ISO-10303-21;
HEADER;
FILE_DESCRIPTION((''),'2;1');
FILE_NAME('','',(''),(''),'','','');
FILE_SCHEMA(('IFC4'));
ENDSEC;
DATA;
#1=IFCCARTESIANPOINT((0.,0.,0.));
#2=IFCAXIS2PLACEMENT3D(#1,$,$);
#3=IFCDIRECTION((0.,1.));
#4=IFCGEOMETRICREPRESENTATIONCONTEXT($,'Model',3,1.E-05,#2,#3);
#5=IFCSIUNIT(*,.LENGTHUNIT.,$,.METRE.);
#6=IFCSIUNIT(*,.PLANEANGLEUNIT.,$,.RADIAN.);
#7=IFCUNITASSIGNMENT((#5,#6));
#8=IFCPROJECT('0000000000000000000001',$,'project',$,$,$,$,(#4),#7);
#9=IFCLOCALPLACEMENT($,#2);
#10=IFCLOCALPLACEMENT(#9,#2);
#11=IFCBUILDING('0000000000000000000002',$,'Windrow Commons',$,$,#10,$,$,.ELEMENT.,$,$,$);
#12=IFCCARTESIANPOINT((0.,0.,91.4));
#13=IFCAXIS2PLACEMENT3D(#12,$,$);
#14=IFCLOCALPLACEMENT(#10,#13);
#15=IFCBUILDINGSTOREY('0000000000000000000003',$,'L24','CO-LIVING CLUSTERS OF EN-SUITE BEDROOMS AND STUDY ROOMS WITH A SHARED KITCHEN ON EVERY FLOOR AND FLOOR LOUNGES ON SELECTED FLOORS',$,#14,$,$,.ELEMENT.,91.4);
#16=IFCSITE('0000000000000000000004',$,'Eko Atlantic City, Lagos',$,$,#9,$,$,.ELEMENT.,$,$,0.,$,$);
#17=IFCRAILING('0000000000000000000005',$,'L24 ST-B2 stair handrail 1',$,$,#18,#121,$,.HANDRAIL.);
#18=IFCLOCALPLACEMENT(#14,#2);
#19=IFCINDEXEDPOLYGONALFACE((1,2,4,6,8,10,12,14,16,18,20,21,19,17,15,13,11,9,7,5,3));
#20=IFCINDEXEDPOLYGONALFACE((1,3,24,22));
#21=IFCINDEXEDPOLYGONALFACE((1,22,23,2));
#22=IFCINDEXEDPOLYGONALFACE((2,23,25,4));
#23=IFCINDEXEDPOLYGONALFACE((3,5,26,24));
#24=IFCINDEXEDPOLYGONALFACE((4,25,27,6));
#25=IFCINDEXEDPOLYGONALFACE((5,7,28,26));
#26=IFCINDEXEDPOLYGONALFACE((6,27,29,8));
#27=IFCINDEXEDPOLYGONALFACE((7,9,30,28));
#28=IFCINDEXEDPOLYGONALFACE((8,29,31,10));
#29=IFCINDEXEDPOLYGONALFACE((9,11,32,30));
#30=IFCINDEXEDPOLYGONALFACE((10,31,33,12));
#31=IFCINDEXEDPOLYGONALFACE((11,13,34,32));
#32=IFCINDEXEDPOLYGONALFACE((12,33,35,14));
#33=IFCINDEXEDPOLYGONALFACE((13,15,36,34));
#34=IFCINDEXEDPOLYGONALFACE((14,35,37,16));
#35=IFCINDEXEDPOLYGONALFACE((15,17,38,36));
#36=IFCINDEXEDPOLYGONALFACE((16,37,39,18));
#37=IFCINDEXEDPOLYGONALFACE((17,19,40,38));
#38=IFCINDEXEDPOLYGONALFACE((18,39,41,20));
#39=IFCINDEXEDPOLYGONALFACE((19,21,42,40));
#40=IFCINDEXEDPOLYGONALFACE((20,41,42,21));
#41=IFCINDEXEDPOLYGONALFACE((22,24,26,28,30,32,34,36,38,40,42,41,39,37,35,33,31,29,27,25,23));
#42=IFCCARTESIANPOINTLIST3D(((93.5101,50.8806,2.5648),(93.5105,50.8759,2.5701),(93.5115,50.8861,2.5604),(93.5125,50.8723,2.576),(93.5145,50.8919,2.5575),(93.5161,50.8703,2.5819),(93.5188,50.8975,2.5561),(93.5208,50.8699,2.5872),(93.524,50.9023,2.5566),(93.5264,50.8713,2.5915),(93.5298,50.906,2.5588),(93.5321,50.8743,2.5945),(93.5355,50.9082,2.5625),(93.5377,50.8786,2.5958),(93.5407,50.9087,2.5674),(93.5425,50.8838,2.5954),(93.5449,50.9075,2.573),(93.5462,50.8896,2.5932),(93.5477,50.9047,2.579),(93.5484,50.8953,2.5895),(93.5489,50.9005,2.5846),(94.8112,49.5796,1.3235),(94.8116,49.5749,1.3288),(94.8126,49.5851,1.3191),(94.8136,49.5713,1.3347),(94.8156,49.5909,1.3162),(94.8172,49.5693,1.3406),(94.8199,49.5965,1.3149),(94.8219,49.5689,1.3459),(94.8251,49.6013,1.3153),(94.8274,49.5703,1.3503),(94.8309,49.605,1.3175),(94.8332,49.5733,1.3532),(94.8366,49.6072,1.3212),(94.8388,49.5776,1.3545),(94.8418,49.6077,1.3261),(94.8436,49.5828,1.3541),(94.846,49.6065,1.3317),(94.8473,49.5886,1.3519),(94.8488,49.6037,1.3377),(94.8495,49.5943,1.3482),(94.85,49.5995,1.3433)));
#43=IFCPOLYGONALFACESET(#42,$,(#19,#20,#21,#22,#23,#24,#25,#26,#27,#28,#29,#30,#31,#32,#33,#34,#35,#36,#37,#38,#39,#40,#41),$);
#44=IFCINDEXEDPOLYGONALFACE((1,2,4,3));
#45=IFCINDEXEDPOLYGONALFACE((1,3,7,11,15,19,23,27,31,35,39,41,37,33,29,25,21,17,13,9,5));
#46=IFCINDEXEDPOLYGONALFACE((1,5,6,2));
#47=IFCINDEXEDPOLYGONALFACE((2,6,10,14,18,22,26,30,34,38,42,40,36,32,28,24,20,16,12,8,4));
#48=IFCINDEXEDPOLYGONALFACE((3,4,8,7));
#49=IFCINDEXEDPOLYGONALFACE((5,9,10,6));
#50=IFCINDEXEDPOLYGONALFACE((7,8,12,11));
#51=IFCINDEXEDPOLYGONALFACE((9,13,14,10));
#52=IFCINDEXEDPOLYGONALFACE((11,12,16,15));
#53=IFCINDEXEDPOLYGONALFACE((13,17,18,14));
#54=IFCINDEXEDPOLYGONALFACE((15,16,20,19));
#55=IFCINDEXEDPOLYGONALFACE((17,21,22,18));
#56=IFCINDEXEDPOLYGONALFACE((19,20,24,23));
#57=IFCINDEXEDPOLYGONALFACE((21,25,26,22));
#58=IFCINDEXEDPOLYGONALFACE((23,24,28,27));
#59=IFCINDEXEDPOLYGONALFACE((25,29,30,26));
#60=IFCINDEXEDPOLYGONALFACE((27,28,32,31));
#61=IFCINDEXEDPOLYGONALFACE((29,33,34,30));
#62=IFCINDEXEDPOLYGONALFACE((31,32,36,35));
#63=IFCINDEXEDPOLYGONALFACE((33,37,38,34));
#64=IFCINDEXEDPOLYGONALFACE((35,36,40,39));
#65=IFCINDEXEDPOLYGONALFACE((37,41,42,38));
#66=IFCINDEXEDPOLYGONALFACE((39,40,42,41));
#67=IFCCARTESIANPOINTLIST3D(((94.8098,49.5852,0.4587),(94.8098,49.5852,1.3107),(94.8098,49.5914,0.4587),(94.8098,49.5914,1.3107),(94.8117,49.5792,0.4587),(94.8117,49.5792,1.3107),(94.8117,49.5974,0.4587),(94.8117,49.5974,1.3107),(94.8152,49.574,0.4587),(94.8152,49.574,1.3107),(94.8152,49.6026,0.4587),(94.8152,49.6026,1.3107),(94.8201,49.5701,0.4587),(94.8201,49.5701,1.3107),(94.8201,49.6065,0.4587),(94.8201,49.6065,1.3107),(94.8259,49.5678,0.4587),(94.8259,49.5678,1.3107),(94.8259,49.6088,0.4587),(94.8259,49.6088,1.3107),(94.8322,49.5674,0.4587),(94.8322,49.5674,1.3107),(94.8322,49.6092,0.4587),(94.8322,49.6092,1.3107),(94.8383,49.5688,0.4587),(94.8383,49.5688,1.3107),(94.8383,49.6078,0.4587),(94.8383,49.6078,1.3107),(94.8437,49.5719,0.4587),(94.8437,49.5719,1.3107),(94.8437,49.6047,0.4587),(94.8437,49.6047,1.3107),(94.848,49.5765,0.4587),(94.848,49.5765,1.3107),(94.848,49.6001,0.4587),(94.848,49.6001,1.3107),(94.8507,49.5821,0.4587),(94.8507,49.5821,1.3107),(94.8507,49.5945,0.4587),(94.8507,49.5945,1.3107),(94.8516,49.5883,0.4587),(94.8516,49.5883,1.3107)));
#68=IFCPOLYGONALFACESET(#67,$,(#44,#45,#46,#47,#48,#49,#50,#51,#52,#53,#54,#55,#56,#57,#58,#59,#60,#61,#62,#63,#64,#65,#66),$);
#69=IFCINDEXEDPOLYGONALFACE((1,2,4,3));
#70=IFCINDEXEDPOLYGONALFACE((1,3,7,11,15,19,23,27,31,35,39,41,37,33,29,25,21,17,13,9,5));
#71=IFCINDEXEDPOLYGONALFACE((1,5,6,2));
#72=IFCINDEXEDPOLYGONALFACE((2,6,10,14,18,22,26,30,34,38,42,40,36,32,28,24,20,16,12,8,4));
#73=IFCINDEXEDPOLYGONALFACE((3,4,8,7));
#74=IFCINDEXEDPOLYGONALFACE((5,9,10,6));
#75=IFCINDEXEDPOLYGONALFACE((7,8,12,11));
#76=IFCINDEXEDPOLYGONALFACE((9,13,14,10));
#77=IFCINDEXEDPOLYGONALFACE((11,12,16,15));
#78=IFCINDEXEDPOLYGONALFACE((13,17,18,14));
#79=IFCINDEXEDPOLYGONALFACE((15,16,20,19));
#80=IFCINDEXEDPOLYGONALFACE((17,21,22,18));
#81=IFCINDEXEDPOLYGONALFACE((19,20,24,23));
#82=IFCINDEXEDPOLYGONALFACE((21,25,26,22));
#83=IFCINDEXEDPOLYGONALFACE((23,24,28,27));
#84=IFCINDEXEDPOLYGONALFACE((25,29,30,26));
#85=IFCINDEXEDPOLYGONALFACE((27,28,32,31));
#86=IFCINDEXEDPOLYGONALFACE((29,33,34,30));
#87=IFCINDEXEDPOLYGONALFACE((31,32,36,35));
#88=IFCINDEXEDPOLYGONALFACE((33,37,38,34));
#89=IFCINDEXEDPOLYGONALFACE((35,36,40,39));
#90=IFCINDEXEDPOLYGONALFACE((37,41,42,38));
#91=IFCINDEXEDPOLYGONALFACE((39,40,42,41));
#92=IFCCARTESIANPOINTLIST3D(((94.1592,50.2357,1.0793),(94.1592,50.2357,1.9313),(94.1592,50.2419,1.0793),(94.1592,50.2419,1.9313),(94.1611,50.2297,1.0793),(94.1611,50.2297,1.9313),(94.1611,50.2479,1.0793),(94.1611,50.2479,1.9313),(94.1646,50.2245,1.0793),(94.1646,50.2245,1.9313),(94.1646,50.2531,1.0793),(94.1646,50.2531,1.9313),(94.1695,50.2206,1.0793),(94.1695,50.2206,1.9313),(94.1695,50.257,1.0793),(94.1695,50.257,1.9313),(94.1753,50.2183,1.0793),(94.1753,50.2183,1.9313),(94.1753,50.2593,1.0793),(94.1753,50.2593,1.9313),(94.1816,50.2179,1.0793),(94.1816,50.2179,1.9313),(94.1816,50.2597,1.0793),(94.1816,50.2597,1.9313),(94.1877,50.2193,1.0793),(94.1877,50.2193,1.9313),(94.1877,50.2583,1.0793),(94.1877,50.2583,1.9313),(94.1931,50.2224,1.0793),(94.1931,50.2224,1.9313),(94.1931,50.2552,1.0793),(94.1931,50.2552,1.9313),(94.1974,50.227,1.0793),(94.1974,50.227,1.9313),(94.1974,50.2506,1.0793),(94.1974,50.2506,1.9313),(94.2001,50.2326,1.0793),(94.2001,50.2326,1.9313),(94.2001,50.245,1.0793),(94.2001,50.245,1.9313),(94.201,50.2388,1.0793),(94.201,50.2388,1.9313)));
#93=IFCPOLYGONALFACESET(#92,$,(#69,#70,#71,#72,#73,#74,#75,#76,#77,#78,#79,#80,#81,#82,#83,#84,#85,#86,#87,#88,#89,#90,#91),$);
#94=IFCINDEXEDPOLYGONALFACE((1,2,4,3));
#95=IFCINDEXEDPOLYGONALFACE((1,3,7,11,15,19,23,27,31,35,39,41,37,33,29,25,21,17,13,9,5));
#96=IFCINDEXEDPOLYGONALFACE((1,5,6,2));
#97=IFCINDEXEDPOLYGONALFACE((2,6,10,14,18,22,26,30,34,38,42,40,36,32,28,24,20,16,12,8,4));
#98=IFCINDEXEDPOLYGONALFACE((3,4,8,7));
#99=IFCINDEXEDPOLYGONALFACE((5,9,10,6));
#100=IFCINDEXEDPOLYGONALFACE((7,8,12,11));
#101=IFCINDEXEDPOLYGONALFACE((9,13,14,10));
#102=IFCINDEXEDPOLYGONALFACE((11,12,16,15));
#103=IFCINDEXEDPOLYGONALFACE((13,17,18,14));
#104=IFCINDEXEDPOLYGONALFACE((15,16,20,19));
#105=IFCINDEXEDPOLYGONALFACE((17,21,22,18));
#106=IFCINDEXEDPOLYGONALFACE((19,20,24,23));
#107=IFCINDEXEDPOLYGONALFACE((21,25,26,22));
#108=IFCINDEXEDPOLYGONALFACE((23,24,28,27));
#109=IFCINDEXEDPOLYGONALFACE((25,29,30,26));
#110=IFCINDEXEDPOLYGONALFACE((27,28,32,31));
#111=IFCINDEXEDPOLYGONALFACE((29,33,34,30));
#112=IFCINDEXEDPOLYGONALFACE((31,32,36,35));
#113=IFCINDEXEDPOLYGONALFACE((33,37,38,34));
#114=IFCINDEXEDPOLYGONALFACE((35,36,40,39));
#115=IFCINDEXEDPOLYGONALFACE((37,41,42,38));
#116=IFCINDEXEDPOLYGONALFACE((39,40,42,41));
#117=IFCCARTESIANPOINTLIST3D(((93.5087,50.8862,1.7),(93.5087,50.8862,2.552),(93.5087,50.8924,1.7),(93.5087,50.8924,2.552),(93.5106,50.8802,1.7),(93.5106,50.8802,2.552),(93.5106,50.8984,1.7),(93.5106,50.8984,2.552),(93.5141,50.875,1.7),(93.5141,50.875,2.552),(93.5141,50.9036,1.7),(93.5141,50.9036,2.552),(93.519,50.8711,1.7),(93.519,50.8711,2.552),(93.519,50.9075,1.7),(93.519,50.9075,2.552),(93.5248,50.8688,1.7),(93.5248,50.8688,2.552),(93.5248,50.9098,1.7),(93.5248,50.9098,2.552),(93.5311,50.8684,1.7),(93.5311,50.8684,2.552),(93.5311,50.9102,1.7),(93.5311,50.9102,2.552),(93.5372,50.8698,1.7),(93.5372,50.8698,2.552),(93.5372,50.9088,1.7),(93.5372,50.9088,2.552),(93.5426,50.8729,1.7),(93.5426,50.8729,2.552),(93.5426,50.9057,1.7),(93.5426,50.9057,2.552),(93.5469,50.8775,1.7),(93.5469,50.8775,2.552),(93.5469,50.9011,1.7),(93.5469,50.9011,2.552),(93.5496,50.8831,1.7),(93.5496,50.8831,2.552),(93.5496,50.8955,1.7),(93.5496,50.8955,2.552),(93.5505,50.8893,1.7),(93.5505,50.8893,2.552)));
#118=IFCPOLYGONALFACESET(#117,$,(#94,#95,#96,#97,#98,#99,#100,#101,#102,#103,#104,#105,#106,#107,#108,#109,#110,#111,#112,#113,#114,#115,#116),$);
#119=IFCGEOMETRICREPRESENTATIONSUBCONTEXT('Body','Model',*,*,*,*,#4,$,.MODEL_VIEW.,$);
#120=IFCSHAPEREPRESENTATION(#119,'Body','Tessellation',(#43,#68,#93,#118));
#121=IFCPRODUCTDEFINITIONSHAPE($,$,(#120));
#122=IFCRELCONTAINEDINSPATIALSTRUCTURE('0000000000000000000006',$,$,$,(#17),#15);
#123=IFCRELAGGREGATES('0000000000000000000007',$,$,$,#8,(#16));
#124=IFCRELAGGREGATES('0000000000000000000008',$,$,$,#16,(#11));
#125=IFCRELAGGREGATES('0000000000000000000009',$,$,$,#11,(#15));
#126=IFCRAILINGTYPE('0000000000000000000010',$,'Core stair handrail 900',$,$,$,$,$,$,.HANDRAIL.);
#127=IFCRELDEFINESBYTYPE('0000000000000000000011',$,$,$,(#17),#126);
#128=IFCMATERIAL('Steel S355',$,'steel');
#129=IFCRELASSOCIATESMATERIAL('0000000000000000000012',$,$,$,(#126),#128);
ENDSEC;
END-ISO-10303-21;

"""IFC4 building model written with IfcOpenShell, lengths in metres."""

from ifc_helpers import new_model, si_unit, direction, frame, origin, origin_2d, place, context, subcontext, project, spatial, circle, extrude, material, type_object, element, save


model = new_model("IFC4")

# Units and contexts
model_context = context("Model", 3, precision=1e-05, world=origin(), true_north=direction((0.0, 1.0)))
body_context = subcontext(model_context, "Body", "Model", "MODEL_VIEW")
ifc_project = project(units=[si_unit("LENGTHUNIT", "METRE"), si_unit("PLANEANGLEUNIT", "RADIAN")], contexts=[model_context])

# Site, building, storey
site_placement = place(None, origin())
site = spatial("IfcSite", under=ifc_project, at=site_placement, Name="Eko Atlantic City, Lagos", CompositionType="ELEMENT", RefElevation=0.0)
building_placement = place(site_placement, origin())
building = spatial("IfcBuilding", under=site, at=building_placement, Name="Windrow Commons", CompositionType="ELEMENT")
storey_placement = place(building_placement, frame((0.0, 0.0, 91.4)))
storey = spatial("IfcBuildingStorey", under=building, at=storey_placement, Name="L24", Description="CO-LIVING CLUSTERS OF EN-SUITE BEDROOMS AND STUDY ROOMS WITH A SHARED KITCHEN ON EVERY FLOOR AND FLOOR LOUNGES ON SELECTED FLOORS", CompositionType="ELEMENT", Elevation=91.4)

# Railing
ifc_material_1 = material(Name="Steel S355", Category="steel")
railing_type = type_object("IfcRailingType", Name="Core stair handrail 900", PredefinedType="HANDRAIL", material=ifc_material_1)
railing_placement = place(storey_placement, frame((94.8306, 49.5883, 0.4587)))
element("IfcRailing", 1, at=railing_placement, inside=storey, type_object=railing_type, Name="L24 ST-B2 stair handrail 1", PredefinedType="HANDRAIL", context=body_context, shape_type="SweptSolid", body=[
    extrude(circle(Radius=0.024, at=origin_2d()), frame((0.0, 0.0, 0.876), z_axis=(-0.586207, 0.586162, 0.559264), x_axis=(-0.70708, -0.707134, 0.0)), (0.0, 0.0, 1.0), 2.2195),
    extrude(circle(Radius=0.021, at=origin_2d()), origin(), (0.0, 0.0, 1.0), 0.852),
    extrude(circle(Radius=0.021, at=origin_2d()), frame((-0.6506, 0.6505, 0.6206)), (0.0, 0.0, 1.0), 0.852),
    extrude(circle(Radius=0.021, at=origin_2d()), frame((-1.3011, 1.301, 1.2413)), (0.0, 0.0, 1.0), 0.852),
])

save(model, "model.ifc")
